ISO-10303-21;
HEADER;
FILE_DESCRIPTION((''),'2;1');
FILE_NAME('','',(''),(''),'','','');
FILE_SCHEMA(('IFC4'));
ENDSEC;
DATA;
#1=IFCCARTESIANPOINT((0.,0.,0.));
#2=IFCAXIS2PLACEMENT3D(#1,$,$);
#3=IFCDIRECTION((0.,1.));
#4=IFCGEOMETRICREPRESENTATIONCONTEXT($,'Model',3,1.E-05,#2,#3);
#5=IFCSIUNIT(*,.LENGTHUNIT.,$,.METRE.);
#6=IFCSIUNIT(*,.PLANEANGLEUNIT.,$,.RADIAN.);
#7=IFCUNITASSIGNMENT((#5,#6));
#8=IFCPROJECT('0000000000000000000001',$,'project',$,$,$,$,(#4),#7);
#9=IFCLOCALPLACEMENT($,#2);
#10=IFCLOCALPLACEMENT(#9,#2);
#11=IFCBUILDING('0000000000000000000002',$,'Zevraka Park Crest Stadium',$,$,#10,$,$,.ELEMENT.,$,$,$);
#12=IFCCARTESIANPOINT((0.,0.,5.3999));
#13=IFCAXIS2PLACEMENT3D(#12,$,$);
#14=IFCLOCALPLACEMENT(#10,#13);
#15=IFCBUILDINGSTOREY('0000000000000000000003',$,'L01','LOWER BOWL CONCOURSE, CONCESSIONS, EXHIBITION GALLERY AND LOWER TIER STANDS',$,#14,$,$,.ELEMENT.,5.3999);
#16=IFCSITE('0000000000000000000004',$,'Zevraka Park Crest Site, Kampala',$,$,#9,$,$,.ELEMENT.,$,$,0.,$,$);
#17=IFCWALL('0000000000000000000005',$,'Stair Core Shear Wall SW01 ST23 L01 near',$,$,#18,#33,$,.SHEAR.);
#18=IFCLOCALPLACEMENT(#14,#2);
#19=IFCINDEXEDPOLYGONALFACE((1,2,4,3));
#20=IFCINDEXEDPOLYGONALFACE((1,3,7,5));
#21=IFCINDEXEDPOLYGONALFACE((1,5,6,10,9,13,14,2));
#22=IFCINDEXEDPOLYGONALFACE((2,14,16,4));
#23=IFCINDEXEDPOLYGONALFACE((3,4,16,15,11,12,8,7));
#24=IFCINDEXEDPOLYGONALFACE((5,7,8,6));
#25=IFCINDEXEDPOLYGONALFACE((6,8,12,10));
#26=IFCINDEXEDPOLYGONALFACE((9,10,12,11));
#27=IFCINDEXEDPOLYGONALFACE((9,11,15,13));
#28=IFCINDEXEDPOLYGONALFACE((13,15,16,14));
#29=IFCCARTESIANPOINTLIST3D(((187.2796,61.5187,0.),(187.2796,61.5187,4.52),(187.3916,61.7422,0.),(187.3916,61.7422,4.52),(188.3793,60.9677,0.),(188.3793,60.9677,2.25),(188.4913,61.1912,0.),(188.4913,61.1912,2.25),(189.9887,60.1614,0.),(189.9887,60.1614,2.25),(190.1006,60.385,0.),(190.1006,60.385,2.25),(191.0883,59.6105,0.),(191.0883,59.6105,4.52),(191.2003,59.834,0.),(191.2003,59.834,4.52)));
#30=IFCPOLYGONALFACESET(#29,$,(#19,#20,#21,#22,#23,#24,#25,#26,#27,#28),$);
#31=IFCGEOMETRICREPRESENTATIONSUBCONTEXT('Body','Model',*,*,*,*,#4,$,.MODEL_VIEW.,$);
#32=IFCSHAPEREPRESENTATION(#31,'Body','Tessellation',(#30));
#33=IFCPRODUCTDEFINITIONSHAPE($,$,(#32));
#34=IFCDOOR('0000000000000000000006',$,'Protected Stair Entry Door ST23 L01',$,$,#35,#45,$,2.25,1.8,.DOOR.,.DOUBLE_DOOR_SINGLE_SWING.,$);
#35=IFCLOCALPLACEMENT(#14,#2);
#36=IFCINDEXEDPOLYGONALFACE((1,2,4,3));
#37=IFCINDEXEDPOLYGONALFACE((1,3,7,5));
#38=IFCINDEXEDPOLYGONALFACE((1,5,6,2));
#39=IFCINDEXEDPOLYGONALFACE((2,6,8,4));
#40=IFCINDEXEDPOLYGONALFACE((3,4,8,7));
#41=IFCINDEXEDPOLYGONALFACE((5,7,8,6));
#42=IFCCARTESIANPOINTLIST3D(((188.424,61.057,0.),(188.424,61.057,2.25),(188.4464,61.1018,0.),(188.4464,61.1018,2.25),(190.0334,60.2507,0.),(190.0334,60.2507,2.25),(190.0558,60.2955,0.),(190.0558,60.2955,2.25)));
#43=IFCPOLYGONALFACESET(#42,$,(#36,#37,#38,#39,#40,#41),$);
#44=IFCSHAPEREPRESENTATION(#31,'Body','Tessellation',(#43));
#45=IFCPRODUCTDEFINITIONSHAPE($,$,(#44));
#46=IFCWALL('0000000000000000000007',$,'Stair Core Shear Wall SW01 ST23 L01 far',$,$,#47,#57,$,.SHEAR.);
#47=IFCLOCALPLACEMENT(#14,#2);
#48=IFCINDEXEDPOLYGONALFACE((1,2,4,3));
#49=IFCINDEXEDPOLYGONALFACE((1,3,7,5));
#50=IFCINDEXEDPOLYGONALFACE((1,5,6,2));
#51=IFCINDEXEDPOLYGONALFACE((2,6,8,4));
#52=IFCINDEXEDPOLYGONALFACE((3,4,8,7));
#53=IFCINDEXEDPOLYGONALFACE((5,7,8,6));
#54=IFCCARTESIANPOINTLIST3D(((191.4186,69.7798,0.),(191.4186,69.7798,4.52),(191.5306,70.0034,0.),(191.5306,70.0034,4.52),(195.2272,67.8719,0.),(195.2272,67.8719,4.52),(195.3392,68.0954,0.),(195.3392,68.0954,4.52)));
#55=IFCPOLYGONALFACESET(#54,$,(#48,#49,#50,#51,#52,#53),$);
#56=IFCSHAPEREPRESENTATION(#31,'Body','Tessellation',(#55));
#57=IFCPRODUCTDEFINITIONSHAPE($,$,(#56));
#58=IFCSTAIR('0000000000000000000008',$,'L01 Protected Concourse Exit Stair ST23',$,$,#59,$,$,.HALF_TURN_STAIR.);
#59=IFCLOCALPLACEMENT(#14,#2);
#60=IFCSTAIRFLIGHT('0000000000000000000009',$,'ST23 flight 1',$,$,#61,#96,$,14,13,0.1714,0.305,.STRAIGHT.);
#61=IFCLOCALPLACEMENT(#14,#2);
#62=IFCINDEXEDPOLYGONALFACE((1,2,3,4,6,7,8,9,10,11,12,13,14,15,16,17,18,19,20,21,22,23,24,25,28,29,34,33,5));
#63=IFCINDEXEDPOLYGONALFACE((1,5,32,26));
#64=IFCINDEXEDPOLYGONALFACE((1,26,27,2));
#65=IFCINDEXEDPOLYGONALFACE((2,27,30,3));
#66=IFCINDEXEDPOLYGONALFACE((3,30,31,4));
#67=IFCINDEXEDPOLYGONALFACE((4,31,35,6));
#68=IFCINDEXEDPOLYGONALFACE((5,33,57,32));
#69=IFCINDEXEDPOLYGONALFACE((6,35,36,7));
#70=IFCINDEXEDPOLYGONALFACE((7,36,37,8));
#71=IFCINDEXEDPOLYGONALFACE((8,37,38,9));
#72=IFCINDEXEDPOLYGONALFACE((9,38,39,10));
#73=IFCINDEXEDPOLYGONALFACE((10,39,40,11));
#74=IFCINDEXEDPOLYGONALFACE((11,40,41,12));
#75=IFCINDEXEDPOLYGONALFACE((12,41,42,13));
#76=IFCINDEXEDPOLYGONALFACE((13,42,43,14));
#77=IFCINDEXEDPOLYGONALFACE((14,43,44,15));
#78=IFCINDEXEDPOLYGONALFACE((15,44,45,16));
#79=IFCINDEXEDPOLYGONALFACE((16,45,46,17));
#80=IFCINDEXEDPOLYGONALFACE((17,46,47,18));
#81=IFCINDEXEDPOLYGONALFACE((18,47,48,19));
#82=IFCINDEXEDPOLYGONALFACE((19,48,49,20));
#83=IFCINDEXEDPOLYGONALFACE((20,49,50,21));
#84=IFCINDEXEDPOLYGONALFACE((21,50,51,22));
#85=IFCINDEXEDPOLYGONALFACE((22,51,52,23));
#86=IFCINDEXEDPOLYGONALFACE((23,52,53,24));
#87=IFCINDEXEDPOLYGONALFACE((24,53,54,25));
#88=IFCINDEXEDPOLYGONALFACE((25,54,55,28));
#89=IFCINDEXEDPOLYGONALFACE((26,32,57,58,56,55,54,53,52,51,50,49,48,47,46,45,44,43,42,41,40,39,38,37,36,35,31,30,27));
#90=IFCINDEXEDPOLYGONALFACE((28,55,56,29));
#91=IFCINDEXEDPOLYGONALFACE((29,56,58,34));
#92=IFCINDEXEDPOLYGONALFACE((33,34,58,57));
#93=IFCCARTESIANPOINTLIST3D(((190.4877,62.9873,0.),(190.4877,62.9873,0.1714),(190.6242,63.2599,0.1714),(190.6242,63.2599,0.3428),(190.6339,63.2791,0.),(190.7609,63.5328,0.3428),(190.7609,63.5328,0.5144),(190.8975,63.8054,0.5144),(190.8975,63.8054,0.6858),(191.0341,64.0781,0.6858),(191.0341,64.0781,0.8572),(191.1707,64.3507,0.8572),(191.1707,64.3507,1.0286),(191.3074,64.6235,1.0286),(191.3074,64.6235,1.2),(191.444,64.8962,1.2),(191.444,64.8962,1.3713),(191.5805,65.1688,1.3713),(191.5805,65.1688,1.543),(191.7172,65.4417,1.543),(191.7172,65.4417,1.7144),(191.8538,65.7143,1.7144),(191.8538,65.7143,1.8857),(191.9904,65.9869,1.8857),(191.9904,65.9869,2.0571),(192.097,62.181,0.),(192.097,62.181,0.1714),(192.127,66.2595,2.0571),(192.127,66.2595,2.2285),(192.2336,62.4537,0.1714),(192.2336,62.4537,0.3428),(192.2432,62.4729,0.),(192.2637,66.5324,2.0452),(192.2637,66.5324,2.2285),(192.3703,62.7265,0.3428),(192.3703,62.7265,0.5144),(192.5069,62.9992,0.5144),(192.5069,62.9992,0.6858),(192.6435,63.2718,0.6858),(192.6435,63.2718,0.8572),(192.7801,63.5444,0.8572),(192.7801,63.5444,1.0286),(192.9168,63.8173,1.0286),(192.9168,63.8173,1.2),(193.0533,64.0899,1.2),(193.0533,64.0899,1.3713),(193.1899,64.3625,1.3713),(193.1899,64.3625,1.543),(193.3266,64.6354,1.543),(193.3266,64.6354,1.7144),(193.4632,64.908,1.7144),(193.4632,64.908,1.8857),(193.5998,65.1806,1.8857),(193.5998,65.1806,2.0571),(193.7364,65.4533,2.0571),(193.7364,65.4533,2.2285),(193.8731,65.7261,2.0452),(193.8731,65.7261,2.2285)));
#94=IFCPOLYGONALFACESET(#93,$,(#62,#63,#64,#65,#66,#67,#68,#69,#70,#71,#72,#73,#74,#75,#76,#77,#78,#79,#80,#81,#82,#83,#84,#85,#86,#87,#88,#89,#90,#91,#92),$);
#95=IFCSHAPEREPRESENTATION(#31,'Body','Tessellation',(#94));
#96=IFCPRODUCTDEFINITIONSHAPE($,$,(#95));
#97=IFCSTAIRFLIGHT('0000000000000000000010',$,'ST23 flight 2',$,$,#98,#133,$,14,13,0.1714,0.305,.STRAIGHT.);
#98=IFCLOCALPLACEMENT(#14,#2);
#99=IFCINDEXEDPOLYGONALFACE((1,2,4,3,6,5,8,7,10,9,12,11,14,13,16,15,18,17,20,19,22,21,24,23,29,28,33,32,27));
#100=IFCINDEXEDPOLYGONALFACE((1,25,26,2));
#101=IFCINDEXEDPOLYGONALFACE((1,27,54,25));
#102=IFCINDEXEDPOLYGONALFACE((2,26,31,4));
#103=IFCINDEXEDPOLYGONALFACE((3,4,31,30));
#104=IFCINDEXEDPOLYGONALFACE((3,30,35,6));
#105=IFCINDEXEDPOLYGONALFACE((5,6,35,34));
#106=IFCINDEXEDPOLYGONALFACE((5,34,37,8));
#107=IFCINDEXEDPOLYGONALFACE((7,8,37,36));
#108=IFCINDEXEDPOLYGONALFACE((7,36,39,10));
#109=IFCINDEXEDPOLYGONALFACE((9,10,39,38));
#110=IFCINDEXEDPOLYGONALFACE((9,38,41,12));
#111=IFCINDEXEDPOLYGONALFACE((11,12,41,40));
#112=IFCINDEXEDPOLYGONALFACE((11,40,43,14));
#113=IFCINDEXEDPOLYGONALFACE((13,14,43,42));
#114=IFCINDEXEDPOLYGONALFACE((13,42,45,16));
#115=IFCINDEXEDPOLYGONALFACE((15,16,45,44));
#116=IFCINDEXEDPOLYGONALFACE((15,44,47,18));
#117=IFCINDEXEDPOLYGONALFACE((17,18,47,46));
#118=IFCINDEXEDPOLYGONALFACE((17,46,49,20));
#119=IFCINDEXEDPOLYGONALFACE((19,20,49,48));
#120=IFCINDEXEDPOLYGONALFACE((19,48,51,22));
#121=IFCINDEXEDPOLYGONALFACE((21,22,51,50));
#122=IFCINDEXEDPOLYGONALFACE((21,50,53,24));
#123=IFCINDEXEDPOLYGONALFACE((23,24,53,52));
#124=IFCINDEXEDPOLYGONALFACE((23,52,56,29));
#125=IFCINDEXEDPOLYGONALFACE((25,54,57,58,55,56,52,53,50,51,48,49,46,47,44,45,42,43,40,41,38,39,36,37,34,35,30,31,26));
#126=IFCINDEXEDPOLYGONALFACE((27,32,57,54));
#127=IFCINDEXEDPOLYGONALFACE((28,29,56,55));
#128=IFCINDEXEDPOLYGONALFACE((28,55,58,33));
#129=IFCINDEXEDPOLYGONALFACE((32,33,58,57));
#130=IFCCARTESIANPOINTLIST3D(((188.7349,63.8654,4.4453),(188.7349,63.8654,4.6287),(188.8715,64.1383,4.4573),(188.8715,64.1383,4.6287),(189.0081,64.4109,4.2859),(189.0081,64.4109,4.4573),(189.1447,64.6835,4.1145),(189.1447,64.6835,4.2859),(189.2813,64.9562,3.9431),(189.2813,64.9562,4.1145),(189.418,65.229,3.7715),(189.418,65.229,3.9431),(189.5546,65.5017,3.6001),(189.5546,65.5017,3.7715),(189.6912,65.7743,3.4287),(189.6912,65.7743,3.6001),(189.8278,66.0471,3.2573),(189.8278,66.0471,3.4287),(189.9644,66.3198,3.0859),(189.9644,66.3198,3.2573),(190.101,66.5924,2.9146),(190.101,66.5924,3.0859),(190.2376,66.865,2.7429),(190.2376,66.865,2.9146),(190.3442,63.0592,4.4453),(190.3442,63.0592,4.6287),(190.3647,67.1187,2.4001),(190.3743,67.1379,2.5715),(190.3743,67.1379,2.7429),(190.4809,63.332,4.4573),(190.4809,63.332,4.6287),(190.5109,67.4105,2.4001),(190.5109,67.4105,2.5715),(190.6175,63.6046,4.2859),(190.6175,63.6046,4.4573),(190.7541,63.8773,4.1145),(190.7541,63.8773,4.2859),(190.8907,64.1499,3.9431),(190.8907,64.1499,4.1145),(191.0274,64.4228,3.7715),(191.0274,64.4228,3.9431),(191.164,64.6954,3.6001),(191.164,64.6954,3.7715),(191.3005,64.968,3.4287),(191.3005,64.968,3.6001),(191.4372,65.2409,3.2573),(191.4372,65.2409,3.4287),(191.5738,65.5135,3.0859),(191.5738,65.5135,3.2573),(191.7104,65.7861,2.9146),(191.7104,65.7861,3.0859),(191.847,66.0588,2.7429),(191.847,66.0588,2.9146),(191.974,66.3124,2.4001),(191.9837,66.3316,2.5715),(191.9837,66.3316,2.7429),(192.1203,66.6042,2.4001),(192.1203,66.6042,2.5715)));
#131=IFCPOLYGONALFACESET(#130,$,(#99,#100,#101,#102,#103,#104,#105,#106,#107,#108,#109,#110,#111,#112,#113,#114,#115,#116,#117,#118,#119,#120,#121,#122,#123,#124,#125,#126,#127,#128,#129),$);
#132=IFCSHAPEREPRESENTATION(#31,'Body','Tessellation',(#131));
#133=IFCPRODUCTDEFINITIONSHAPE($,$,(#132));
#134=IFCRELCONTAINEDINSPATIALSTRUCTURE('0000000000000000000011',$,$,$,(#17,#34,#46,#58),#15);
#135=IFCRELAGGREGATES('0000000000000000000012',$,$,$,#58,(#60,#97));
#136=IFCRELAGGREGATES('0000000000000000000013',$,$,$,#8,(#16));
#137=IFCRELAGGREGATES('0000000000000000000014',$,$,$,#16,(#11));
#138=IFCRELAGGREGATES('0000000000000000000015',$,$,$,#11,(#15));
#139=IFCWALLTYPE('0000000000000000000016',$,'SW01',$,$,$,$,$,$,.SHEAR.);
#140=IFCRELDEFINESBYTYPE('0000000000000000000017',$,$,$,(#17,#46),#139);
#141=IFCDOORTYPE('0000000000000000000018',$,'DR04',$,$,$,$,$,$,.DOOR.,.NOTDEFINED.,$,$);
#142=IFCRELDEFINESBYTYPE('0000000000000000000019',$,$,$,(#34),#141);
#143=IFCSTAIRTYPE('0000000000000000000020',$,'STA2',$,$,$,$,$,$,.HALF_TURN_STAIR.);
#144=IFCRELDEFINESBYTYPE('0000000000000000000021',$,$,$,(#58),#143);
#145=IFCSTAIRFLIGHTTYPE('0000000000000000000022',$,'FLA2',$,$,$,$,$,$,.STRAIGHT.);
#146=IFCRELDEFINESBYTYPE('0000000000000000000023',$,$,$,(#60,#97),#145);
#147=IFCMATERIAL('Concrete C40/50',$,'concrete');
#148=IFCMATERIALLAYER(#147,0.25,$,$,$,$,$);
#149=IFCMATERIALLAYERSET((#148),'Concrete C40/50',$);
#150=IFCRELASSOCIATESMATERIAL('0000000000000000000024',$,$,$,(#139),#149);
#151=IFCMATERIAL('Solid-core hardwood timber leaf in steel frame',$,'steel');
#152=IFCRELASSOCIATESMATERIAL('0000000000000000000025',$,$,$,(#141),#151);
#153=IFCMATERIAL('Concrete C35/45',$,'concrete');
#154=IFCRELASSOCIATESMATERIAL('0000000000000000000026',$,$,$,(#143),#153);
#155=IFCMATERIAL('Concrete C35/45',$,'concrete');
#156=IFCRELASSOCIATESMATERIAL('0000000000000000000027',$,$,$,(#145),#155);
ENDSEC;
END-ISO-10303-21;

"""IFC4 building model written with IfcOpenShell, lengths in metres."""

from ifc_helpers import new_model, si_unit, direction, frame, frame_2d, origin, place, context, subcontext, project, spatial, polyline, rectangle, outline, extrude, material, layer, layer_set, type_object, element, fill, aggregate, save


model = new_model("IFC4")

# Units and contexts
model_context = context("Model", 3, precision=1e-05, world=origin(), true_north=direction((0.0, 1.0)))
body_context = subcontext(model_context, "Body", "Model", "MODEL_VIEW")
ifc_project = project(units=[si_unit("LENGTHUNIT", "METRE"), si_unit("PLANEANGLEUNIT", "RADIAN")], contexts=[model_context])

# Site, building, storey
site_placement = place(None, origin())
site = spatial("IfcSite", under=ifc_project, at=site_placement, Name="Zevraka Park Crest Site, Kampala", CompositionType="ELEMENT", RefElevation=0.0)
building_placement = place(site_placement, origin())
building = spatial("IfcBuilding", under=site, at=building_placement, Name="Zevraka Park Crest Stadium", CompositionType="ELEMENT")
storey_placement = place(building_placement, frame((0.0, 0.0, 5.3999)))
storey = spatial("IfcBuildingStorey", under=building, at=storey_placement, Name="L01", Description="LOWER BOWL CONCOURSE, CONCESSIONS, EXHIBITION GALLERY AND LOWER TIER STANDS", CompositionType="ELEMENT", Elevation=5.3999)

# Shared definitions
ifc_material_1 = material(Name="Concrete C40/50", Category="concrete")
ifc_layer_1 = layer(ifc_material_1, 0.25)
ifc_layer_set_1 = layer_set([ifc_layer_1], Name="Concrete C40/50")
wall_type = type_object("IfcWallType", Name="SW01", PredefinedType="SHEAR", material=ifc_layer_set_1)

# Wall, opening, door
wall_1_placement = place(storey_placement, frame((187.3357, 61.6304, 0.0), z_axis=(0.0, 0.0, 1.0), x_axis=(0.894072, -0.447924, 0.0)))
wall_1 = element("IfcWall", 1, at=wall_1_placement, inside=storey, type_object=wall_type, Name="Stair Core Shear Wall SW01 ST23 L01 near", PredefinedType="SHEAR", context=body_context, shape_type="SweptSolid", body=[
    extrude(rectangle(XDim=4.26, YDim=0.25, at=frame_2d((2.1299, 0.0))), origin(), (0.0, 0.0, 1.0), 4.52),
])
opening_placement = place(wall_1_placement, frame((1.23, 0.0, 0.0)))
opening = element("IfcOpeningElement", 2, at=opening_placement, cuts=wall_1, PredefinedType="OPENING", context=body_context, shape_type="SweptSolid", body=[
    extrude(rectangle(XDim=1.8, YDim=2.25, at=frame_2d((0.8999, 1.125))), frame((0.0, 0.135, 0.0), z_axis=(0.0, -1.0, 0.0), x_axis=(1.0, 0.0, 0.0)), (0.0, 0.0, 1.0), 0.27),
])
ifc_material_2 = material(Name="Solid-core hardwood timber leaf in steel frame", Category="steel")
door_type = type_object("IfcDoorType", Name="DR04", OperationType="NOTDEFINED", PredefinedType="DOOR", material=ifc_material_2)
door_placement = place(opening_placement, origin())
door = element("IfcDoor", 3, at=door_placement, inside=storey, type_object=door_type, Name="Protected Stair Entry Door ST23 L01", OperationType="DOUBLE_DOOR_SINGLE_SWING", OverallHeight=2.25, OverallWidth=1.8, PredefinedType="DOOR", context=body_context, shape_type="SweptSolid", body=[
    extrude(rectangle(XDim=1.8, YDim=2.25, at=frame_2d((0.8999, 1.125))), frame((0.0, 0.0249, 0.0), z_axis=(0.0, -1.0, 0.0), x_axis=(1.0, 0.0, 0.0)), (0.0, 0.0, 1.0), 0.05),
])
fill(opening, door)

# Wall
wall_2_placement = place(storey_placement, frame((195.2832, 67.9836, 0.0), z_axis=(0.0, 0.0, 1.0), x_axis=(-0.894083, 0.447901, 0.0)))
element("IfcWall", 4, at=wall_2_placement, inside=storey, type_object=wall_type, Name="Stair Core Shear Wall SW01 ST23 L01 far", PredefinedType="SHEAR", context=body_context, shape_type="SweptSolid", body=[
    extrude(rectangle(XDim=4.2598, YDim=0.25, at=frame_2d((2.1299, 0.0))), origin(), (0.0, 0.0, 1.0), 4.52),
])

# Stair, stair flights
ifc_material_3 = material(Name="Concrete C35/45", Category="concrete")
stair_type = type_object("IfcStairType", Name="STA2", PredefinedType="HALF_TURN_STAIR", material=ifc_material_3)
stair_placement = place(storey_placement, origin())
stair = element("IfcStair", 5, at=stair_placement, inside=storey, type_object=stair_type, Name="L01 Protected Concourse Exit Stair ST23", PredefinedType="HALF_TURN_STAIR")
ifc_material_4 = material(Name="Concrete C35/45", Category="concrete")
stair_flight_type = type_object("IfcStairFlightType", Name="FLA2", PredefinedType="STRAIGHT", material=ifc_material_4)
stair_flight_1_placement = place(storey_placement, frame((191.2922, 62.5842, 0.0), z_axis=(0.0, 0.0, 1.0), x_axis=(0.447915, 0.894076, 0.0)))
stair_flight_1 = element("IfcStairFlight", 6, at=stair_flight_1_placement, type_object=stair_flight_type, Name="ST23 flight 1", NumberOfRisers=14, NumberOfTreads=13, PredefinedType="STRAIGHT", RiserHeight=0.1714, TreadLength=0.305, context=body_context, shape_type="SweptSolid", body=[
    extrude(outline(polyline([(0.0, 0.0), (0.0, 0.1714), (0.3049, 0.1714), (0.3049, 0.3428), (0.6101, 0.3428), (0.6101, 0.5144), (0.915, 0.5144), (0.915, 0.6858), (1.22, 0.6858), (1.22, 0.8572), (1.5249, 0.8572), (1.5249, 1.0286), (1.8301, 1.0286), (1.8301, 1.2), (2.135, 1.2), (2.135, 1.3713), (2.4399, 1.3713), (2.4399, 1.543), (2.7451, 1.543), (2.7451, 1.7144), (3.05, 1.7144), (3.05, 1.8857), (3.355, 1.8857), (3.355, 2.0571), (3.6599, 2.0571), (3.6599, 2.2285), (3.9651, 2.2285), (3.9651, 2.3999), (3.9651, 2.0452), (0.3264, 0.0), (0.0, 0.0)])), frame((0.0, 0.8999, 0.0), z_axis=(0.0, -1.0, 0.0), x_axis=(1.0, 0.0, 0.0)), (0.0, 0.0, 1.0), 1.8),
])
stair_flight_2_placement = place(storey_placement, frame((191.3157, 67.0073, 2.4001), z_axis=(0.0, 0.0, 1.0), x_axis=(-0.447915, -0.894076, 0.0)))
stair_flight_2 = element("IfcStairFlight", 7, at=stair_flight_2_placement, type_object=stair_flight_type, Name="ST23 flight 2", NumberOfRisers=14, NumberOfTreads=13, PredefinedType="STRAIGHT", RiserHeight=0.1714, TreadLength=0.305, context=body_context, shape_type="SweptSolid", body=[
    extrude(outline(polyline([(0.0, 0.0), (0.0, 0.1714), (0.3049, 0.1714), (0.3049, 0.3428), (0.6101, 0.3428), (0.6101, 0.5144), (0.915, 0.5144), (0.915, 0.6858), (1.22, 0.6858), (1.22, 0.8572), (1.5249, 0.8572), (1.5249, 1.0286), (1.8301, 1.0286), (1.8301, 1.2), (2.135, 1.2), (2.135, 1.3713), (2.4399, 1.3713), (2.4399, 1.543), (2.7451, 1.543), (2.7451, 1.7144), (3.05, 1.7144), (3.05, 1.8857), (3.355, 1.8857), (3.355, 2.0571), (3.6599, 2.0571), (3.6599, 2.2285), (3.9651, 2.2285), (3.9651, 2.3999), (3.9651, 2.0452), (0.3264, 0.0), (0.0, 0.0)])), frame((0.0, 0.8999, 0.0), z_axis=(0.0, -1.0, 0.0), x_axis=(1.0, 0.0, 0.0)), (0.0, 0.0, 1.0), 1.8),
])
aggregate(stair, [stair_flight_1, stair_flight_2])

save(model, "model.ifc")
